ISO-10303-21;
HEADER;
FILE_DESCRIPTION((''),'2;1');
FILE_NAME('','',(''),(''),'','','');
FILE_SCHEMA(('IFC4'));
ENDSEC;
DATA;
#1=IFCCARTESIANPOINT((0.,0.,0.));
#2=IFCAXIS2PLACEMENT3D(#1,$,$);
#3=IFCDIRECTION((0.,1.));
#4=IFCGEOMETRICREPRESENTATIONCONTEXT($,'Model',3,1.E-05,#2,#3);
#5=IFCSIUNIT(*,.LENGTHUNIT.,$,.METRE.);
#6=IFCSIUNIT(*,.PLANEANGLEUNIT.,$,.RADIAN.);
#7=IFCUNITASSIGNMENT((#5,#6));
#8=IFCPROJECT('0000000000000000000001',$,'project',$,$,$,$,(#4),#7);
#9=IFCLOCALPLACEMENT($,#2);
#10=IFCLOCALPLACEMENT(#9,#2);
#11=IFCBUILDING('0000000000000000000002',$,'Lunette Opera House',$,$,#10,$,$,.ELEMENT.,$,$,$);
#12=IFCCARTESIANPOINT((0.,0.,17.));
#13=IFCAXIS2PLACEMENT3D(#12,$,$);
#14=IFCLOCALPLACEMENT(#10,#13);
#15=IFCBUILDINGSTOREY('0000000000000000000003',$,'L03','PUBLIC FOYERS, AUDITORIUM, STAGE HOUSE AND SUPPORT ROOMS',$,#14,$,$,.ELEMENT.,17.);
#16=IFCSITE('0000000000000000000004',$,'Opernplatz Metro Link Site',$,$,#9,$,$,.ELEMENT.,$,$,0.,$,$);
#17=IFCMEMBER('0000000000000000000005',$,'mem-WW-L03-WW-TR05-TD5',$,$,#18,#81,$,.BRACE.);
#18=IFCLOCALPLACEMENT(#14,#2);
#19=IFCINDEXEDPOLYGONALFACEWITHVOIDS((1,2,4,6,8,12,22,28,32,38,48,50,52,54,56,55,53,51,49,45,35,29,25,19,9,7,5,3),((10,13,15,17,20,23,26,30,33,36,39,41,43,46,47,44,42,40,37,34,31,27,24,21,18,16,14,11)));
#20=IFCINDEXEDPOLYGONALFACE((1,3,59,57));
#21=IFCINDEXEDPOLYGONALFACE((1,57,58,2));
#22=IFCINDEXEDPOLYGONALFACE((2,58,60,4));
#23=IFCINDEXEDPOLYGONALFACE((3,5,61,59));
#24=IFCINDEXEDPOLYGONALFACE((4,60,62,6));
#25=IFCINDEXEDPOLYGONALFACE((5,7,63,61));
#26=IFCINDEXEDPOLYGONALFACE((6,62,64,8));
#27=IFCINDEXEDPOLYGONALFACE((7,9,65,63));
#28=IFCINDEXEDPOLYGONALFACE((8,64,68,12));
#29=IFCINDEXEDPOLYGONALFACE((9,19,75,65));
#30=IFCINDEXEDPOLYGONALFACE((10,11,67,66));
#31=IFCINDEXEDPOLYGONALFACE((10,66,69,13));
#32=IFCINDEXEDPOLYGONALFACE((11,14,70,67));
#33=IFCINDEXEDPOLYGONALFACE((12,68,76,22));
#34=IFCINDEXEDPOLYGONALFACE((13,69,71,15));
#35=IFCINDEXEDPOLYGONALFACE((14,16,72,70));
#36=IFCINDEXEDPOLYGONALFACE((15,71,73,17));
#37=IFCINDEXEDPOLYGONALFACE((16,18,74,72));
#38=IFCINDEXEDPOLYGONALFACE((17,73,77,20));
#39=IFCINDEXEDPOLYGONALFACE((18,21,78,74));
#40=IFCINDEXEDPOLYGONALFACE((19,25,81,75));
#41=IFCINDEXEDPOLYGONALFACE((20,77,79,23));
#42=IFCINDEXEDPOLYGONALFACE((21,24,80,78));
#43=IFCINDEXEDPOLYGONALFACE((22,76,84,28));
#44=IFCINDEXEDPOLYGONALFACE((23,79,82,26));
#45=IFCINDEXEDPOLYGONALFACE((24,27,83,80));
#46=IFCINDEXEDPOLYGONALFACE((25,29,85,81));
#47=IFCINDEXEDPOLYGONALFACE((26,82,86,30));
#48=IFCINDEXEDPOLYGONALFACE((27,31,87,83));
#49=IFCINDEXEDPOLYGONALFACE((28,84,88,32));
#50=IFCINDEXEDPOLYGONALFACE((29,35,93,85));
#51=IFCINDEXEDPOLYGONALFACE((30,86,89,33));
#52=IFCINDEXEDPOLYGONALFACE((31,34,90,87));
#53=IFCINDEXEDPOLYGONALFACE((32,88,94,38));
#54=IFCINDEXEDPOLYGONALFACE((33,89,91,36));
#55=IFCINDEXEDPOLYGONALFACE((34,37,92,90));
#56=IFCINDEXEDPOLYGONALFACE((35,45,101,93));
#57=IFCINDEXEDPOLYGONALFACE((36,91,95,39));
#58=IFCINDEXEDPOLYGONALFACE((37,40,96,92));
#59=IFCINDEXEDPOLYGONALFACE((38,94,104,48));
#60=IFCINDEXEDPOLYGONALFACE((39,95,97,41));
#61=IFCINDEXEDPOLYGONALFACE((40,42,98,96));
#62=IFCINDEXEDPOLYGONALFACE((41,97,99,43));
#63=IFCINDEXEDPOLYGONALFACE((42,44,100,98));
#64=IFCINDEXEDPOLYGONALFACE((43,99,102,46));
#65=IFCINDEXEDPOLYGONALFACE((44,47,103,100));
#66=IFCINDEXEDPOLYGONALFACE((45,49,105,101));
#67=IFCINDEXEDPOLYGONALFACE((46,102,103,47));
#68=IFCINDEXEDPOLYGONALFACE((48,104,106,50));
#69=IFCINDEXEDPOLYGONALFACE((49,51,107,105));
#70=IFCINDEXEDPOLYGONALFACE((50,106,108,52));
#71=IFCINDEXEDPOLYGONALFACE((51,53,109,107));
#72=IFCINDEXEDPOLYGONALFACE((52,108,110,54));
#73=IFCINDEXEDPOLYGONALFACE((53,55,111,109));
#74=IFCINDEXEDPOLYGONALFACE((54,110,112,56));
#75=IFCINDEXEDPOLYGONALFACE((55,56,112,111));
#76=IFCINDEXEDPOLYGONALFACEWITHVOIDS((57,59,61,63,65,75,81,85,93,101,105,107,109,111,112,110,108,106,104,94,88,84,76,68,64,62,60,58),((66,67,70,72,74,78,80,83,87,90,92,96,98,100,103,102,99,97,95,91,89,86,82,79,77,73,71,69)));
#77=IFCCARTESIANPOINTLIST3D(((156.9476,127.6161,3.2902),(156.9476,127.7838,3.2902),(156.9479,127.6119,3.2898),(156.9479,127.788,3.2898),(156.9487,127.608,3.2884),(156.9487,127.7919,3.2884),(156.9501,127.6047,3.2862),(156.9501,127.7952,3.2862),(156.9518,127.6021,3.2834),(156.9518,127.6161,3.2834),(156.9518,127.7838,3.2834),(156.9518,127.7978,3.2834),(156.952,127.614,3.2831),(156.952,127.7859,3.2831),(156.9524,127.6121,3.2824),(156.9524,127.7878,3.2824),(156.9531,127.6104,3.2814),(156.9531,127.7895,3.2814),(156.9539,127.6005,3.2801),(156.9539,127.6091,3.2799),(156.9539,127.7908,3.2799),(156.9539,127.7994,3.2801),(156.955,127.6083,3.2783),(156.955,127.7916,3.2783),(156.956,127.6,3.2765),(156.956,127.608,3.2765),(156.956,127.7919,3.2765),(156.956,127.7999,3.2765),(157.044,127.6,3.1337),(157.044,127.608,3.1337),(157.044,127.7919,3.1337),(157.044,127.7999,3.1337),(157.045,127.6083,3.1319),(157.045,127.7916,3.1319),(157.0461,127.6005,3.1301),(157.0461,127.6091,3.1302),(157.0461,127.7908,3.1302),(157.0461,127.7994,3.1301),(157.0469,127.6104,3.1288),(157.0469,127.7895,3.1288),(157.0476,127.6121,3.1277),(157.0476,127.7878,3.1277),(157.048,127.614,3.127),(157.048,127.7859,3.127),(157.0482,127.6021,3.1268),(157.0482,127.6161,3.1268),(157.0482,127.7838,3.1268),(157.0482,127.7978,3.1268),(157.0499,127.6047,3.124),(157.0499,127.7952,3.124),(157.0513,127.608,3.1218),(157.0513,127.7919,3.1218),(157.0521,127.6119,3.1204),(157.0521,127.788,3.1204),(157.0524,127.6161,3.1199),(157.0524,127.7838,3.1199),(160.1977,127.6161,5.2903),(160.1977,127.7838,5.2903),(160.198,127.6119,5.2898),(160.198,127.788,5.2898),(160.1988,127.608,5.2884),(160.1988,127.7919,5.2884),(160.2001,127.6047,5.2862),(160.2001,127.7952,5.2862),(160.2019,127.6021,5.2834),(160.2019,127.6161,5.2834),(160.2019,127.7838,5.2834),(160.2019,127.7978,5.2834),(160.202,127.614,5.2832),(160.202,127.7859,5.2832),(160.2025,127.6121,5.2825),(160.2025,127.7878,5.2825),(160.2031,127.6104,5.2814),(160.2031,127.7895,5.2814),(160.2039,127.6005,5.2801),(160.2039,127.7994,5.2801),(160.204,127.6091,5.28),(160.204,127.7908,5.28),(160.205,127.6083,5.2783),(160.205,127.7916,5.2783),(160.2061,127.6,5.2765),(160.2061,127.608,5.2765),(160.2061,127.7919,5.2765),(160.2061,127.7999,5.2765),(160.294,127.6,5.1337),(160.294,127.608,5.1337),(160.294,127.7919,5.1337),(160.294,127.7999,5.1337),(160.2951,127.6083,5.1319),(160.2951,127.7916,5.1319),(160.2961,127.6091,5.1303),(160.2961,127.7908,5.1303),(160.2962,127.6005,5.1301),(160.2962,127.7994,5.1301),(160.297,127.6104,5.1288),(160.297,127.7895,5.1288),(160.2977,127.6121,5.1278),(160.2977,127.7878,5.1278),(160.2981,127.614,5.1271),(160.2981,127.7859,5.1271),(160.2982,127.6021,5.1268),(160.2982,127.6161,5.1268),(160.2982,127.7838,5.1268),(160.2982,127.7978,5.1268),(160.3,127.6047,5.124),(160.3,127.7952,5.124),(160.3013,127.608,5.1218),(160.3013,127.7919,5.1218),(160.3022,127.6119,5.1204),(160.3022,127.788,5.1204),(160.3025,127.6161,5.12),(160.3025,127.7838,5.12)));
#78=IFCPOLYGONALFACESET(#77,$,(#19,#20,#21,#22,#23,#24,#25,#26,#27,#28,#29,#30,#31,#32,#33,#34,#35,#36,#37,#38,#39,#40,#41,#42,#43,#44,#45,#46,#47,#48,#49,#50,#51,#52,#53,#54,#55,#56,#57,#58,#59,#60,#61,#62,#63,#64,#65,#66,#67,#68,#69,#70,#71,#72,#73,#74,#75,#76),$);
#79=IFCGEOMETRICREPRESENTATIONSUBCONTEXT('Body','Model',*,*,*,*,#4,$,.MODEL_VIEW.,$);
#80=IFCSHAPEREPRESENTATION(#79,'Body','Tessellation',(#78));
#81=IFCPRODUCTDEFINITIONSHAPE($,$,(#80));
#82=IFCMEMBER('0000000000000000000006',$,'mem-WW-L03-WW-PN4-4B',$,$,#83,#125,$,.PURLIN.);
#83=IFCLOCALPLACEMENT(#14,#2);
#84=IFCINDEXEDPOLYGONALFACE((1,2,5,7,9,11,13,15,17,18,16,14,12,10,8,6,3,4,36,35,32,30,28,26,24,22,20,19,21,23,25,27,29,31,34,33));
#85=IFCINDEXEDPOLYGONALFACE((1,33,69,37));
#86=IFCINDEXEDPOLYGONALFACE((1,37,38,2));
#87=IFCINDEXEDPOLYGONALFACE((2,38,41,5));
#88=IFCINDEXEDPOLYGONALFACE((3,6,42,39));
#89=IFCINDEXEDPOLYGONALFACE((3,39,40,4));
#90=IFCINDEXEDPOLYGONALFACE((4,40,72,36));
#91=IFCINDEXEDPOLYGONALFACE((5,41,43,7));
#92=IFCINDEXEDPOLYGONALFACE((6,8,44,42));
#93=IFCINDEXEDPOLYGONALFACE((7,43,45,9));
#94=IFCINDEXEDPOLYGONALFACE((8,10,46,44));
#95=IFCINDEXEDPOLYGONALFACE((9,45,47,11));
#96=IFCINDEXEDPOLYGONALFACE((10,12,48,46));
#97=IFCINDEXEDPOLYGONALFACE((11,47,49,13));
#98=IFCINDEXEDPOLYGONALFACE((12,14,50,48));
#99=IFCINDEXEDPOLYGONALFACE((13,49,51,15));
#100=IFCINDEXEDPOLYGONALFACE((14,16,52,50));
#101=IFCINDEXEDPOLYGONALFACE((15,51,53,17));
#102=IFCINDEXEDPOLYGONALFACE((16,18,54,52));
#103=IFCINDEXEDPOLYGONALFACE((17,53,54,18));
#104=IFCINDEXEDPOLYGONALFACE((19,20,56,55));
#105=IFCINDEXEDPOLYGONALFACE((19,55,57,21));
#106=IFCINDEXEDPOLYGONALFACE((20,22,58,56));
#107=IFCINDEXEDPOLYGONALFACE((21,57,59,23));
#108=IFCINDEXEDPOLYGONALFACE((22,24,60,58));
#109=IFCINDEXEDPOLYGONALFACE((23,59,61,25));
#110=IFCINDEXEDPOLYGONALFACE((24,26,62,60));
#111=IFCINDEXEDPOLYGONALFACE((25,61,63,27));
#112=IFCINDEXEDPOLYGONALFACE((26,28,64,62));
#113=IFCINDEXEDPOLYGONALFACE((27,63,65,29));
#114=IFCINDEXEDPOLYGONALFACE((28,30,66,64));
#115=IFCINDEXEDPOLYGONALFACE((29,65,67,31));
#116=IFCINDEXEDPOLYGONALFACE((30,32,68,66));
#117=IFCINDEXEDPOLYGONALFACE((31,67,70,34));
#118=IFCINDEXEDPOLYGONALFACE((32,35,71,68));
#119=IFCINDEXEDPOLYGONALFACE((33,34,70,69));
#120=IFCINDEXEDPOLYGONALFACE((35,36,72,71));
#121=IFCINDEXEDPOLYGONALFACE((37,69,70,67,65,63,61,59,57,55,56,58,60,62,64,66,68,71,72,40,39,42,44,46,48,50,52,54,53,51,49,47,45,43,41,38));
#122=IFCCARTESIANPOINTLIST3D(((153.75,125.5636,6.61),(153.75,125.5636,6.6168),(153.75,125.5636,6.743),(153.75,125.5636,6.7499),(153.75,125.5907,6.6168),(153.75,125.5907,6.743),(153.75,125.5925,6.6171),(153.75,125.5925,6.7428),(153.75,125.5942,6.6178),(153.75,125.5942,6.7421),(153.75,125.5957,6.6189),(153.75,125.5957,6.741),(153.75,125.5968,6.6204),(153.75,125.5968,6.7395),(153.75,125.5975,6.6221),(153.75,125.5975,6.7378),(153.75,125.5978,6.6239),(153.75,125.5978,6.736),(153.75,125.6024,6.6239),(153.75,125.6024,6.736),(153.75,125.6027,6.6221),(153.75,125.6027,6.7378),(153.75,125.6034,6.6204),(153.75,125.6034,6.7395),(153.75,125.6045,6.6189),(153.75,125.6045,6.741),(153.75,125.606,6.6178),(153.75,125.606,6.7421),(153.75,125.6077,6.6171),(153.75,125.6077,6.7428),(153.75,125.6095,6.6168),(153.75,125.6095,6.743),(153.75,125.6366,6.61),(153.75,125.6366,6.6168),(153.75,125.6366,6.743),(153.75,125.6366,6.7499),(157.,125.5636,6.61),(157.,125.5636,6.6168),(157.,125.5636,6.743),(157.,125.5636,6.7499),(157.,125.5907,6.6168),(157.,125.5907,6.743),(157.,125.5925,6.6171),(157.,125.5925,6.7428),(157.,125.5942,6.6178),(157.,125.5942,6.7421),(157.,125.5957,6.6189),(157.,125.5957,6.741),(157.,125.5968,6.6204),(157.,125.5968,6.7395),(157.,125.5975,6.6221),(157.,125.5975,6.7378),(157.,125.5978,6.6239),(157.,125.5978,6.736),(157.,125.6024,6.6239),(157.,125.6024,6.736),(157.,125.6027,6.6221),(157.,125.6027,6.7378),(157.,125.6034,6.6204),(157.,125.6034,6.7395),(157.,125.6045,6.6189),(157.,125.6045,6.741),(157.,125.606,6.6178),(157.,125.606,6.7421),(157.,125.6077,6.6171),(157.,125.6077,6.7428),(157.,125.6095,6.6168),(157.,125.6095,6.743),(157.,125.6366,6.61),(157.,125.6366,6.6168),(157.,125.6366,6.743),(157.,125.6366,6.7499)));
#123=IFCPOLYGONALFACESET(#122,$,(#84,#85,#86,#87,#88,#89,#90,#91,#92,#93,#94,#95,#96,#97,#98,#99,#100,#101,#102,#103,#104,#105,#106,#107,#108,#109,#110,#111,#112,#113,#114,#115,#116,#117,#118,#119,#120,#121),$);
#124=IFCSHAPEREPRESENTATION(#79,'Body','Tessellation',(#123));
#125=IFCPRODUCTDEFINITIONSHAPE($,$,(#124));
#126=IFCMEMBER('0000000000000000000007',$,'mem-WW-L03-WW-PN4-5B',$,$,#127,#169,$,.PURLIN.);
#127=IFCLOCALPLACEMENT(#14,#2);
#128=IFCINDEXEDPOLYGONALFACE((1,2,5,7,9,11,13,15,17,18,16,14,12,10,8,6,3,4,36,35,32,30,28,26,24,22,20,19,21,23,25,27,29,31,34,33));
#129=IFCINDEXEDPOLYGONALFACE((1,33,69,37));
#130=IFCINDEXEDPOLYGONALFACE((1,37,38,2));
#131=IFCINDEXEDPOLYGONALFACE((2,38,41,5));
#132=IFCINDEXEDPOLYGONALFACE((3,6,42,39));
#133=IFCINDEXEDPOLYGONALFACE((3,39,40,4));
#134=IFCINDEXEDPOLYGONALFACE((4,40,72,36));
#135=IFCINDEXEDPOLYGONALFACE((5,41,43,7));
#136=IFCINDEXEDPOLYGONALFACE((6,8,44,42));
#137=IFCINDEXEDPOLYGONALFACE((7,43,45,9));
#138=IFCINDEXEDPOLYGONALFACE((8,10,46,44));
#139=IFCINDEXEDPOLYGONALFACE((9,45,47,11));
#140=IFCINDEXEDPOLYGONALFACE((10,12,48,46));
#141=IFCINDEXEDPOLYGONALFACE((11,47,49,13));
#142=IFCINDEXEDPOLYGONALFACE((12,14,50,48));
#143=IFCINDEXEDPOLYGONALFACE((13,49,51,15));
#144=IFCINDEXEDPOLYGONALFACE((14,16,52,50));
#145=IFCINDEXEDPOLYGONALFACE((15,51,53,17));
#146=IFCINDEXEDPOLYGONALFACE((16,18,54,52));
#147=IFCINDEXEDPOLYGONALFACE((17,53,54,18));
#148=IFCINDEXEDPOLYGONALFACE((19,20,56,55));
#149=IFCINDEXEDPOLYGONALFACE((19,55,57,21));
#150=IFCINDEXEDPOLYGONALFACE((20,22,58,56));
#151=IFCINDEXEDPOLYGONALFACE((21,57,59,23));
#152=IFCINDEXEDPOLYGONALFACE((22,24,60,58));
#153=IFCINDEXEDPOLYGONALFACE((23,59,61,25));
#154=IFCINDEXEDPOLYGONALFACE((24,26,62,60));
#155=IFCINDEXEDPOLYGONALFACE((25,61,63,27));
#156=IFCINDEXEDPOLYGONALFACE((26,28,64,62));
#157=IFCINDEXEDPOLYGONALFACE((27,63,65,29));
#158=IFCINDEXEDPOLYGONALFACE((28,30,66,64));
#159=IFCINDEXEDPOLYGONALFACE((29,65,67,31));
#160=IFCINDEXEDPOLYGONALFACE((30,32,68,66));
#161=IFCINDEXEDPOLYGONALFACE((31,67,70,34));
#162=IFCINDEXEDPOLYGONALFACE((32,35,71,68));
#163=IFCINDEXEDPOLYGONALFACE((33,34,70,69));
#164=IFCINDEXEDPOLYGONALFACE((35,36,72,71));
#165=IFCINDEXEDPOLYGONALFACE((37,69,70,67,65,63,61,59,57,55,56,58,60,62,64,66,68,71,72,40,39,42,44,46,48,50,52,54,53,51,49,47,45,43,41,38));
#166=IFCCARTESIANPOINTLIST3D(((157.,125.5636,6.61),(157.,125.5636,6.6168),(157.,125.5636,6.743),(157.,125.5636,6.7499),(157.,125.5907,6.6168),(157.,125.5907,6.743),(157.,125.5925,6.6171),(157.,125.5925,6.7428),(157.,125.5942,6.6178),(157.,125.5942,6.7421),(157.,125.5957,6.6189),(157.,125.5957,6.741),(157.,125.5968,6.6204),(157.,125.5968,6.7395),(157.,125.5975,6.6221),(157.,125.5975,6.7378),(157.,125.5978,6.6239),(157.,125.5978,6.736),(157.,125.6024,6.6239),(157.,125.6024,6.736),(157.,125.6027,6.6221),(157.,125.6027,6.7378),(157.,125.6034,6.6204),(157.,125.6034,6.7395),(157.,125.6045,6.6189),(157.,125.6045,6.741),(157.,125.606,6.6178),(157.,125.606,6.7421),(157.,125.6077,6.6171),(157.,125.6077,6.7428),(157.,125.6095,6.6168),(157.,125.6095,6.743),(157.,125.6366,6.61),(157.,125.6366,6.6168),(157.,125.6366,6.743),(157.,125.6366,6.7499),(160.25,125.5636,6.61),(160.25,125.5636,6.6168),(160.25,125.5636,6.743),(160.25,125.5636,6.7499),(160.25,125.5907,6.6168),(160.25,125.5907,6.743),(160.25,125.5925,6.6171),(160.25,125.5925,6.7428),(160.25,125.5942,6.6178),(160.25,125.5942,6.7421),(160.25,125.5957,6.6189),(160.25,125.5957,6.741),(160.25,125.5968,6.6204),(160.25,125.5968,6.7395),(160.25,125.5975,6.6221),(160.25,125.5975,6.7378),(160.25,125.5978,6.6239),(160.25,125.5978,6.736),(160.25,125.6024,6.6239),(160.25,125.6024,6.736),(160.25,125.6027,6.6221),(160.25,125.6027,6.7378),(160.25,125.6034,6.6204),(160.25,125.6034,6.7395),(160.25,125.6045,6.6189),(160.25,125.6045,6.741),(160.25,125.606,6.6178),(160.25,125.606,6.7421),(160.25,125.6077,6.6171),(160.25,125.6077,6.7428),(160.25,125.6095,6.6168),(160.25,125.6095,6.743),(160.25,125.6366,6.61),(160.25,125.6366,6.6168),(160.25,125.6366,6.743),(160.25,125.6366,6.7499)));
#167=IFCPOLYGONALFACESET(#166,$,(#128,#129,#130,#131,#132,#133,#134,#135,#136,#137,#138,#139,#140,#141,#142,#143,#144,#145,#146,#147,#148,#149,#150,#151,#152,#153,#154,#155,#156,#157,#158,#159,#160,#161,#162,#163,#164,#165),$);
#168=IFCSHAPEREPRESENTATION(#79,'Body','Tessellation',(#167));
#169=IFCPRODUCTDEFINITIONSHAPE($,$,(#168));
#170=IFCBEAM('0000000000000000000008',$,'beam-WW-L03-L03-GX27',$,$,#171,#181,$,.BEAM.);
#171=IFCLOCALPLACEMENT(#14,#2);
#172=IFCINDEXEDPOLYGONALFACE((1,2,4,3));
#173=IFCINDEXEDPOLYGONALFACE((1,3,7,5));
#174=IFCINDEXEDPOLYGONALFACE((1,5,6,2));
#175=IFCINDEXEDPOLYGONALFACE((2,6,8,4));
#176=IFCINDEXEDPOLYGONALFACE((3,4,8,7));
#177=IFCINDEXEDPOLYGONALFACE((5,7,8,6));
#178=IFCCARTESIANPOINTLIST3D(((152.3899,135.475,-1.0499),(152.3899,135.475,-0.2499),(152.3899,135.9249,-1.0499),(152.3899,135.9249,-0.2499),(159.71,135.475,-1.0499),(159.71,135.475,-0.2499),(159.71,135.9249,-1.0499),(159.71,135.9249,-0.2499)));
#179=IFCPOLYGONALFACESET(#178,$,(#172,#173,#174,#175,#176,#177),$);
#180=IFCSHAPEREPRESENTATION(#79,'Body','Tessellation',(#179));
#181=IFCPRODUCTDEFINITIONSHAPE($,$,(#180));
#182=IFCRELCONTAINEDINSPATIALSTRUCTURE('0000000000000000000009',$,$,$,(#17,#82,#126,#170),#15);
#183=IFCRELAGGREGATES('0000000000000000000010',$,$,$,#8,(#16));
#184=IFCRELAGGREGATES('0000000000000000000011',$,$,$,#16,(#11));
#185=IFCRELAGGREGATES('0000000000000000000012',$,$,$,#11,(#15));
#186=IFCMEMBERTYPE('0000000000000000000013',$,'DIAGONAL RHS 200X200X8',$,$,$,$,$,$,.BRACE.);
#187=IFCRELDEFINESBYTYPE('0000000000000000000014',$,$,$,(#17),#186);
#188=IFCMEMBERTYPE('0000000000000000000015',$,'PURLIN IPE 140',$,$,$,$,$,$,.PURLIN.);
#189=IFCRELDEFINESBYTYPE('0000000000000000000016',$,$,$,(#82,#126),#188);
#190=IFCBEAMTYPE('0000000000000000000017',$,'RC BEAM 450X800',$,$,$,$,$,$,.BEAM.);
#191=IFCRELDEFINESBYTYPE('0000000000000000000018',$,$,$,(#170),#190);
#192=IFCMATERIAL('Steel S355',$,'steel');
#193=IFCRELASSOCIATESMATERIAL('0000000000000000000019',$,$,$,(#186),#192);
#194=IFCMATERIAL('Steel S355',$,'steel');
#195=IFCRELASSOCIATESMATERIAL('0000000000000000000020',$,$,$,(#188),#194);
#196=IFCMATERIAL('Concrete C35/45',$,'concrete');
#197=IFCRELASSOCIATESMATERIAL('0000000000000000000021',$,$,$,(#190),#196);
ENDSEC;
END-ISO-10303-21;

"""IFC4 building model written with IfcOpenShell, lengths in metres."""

from ifc_helpers import new_model, si_unit, direction, frame, origin, origin_2d, place, context, subcontext, project, spatial, rectangle, hollow_rectangle, i_section, extrude, material, material_profile, profile_set, type_object, element, save


model = new_model("IFC4")

# Units and contexts
model_context = context("Model", 3, precision=1e-05, world=origin(), true_north=direction((0.0, 1.0)))
body_context = subcontext(model_context, "Body", "Model", "MODEL_VIEW")
ifc_project = project(units=[si_unit("LENGTHUNIT", "METRE"), si_unit("PLANEANGLEUNIT", "RADIAN")], contexts=[model_context])

# Site, building, storey
site_placement = place(None, origin())
site = spatial("IfcSite", under=ifc_project, at=site_placement, Name="Opernplatz Metro Link Site", CompositionType="ELEMENT", RefElevation=0.0)
building_placement = place(site_placement, origin())
building = spatial("IfcBuilding", under=site, at=building_placement, Name="Lunette Opera House", CompositionType="ELEMENT")
storey_placement = place(building_placement, frame((0.0, 0.0, 17.0)))
storey = spatial("IfcBuildingStorey", under=building, at=storey_placement, Name="L03", Description="PUBLIC FOYERS, AUDITORIUM, STAGE HOUSE AND SUPPORT ROOMS", CompositionType="ELEMENT", Elevation=17.0)

# Members
ifc_material_1 = material(Name="Steel S355", Category="steel")
ifc_material_profile_1 = material_profile(ifc_material_1, hollow_rectangle(XDim=0.2, YDim=0.2, WallThickness=0.0081, InnerFilletRadius=0.0081, OuterFilletRadius=0.0161, at=origin_2d()), Name="RHS 200X200X8")
ifc_profile_set_1 = profile_set([ifc_material_profile_1], Name="Steel S355")
member_type_1 = type_object("IfcMemberType", Name="DIAGONAL RHS 200X200X8", PredefinedType="BRACE", material=ifc_profile_set_1)
for number, where, z_axis, x_axis, name in (
    (1, (157.0, 127.7, 3.2051), (0.851658, 0.0, 0.524097), (0.0, 1.0, 0.0), "mem-WW-L03-WW-TR05-TD5"),
):
    element("IfcMember", number, at=place(storey_placement, frame(where, z_axis=z_axis, x_axis=x_axis)), inside=storey, type_object=member_type_1, Name=name, PredefinedType="BRACE", context=body_context, shape_type="SweptSolid", body=[
        extrude(hollow_rectangle(XDim=0.2, YDim=0.2, WallThickness=0.0081, InnerFilletRadius=0.0081, OuterFilletRadius=0.0161, at=origin_2d()), origin(), (0.0, 0.0, 1.0), 3.8162),
    ])
ifc_material_2 = material(Name="Steel S355", Category="steel")
ifc_material_profile_2 = material_profile(ifc_material_2, i_section(OverallWidth=0.073, OverallDepth=0.1399, WebThickness=0.0046, FlangeThickness=0.0068, FilletRadius=0.0071, at=origin_2d()), Name="IPE 140")
ifc_profile_set_2 = profile_set([ifc_material_profile_2], Name="Steel S355")
member_type_2 = type_object("IfcMemberType", Name="PURLIN IPE 140", PredefinedType="PURLIN", material=ifc_profile_set_2)
for number, where, z_axis, x_axis, name in (
    (2, (153.75, 125.6001, 6.6799), (1.0, 0.0, 0.0), (0.0, 1.0, 0.0), "mem-WW-L03-WW-PN4-4B"),
    (3, (157.0, 125.6001, 6.6799), (1.0, 0.0, 0.0), (0.0, 1.0, 0.0), "mem-WW-L03-WW-PN4-5B"),
):
    element("IfcMember", number, at=place(storey_placement, frame(where, z_axis=z_axis, x_axis=x_axis)), inside=storey, type_object=member_type_2, Name=name, PredefinedType="PURLIN", context=body_context, shape_type="SweptSolid", body=[
        extrude(i_section(OverallWidth=0.073, OverallDepth=0.1399, WebThickness=0.0046, FlangeThickness=0.0068, FilletRadius=0.0071, at=origin_2d()), origin(), (0.0, 0.0, 1.0), 3.25),
    ])

# Beam
ifc_material_3 = material(Name="Concrete C35/45", Category="concrete")
ifc_material_profile_3 = material_profile(ifc_material_3, rectangle(XDim=0.45, YDim=0.8, at=origin_2d()), Name="RC BEAM 450X800")
ifc_profile_set_3 = profile_set([ifc_material_profile_3], Name="Concrete C35/45")
beam_type_1 = type_object("IfcBeamType", Name="RC BEAM 450X800", PredefinedType="BEAM", material=ifc_profile_set_3)
beam_placement = place(storey_placement, frame((152.3899, 135.7, -0.6499), z_axis=(1.0, 0.0, 0.0), x_axis=(0.0, 1.0, 0.0)))
element("IfcBeam", 4, at=beam_placement, inside=storey, type_object=beam_type_1, Name="beam-WW-L03-L03-GX27", PredefinedType="BEAM", context=body_context, shape_type="SweptSolid", body=[
    extrude(rectangle(XDim=0.45, YDim=0.8, at=origin_2d()), origin(), (0.0, 0.0, 1.0), 7.3201),
])

save(model, "model.ifc")
